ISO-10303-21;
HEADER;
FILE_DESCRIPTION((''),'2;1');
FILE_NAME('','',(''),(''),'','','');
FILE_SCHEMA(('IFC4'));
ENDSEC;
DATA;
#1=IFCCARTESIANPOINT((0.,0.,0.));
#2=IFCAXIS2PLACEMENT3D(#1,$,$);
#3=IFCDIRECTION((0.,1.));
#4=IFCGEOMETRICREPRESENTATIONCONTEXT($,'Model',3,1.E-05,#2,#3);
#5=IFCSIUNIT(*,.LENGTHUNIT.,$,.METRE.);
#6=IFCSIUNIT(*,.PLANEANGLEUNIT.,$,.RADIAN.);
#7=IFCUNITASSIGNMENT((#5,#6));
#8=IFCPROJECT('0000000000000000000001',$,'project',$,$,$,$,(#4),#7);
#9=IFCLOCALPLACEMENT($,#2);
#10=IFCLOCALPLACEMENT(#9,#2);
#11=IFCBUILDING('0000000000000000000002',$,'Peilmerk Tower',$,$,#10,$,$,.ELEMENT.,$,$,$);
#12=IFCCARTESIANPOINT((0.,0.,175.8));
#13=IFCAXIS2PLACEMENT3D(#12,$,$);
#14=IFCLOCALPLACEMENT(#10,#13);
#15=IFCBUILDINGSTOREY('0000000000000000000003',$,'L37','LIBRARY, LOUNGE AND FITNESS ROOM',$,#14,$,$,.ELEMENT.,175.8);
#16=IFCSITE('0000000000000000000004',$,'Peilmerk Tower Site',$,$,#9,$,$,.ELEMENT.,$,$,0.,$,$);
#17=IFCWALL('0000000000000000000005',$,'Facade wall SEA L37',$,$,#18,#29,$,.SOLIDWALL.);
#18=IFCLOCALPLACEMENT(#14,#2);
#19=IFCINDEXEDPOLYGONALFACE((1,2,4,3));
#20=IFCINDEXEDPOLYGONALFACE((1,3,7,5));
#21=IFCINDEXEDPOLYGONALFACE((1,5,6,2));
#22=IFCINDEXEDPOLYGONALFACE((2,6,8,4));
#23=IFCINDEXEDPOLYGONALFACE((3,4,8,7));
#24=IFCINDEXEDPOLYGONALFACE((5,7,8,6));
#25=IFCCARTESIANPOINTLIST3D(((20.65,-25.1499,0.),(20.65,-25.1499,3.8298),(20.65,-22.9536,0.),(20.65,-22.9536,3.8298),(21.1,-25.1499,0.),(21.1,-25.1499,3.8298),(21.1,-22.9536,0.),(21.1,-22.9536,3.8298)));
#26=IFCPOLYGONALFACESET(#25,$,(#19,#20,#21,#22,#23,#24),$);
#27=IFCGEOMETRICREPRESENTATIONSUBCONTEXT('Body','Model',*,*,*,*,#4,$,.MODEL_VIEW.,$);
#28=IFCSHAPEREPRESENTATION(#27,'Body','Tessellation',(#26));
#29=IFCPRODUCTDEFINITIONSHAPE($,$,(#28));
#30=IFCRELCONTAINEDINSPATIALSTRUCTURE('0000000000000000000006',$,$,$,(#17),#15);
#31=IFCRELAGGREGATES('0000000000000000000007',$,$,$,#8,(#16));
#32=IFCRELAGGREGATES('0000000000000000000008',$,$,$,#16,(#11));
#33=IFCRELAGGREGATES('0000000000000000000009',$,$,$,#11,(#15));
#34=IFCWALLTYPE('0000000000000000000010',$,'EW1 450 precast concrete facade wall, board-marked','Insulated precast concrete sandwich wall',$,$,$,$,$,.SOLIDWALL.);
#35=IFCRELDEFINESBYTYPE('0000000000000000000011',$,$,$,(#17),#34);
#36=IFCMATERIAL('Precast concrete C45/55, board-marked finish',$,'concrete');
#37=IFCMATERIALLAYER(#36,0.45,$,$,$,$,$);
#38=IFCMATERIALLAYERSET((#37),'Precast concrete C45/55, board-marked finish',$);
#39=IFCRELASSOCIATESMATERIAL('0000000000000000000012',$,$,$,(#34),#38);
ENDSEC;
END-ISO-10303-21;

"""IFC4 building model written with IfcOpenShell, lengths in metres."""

from ifc_helpers import new_model, si_unit, direction, frame, frame_2d, origin, place, context, subcontext, project, spatial, rectangle, extrude, material, layer, layer_set, type_object, element, save


model = new_model("IFC4")

# Units and contexts
model_context = context("Model", 3, precision=1e-05, world=origin(), true_north=direction((0.0, 1.0)))
body_context = subcontext(model_context, "Body", "Model", "MODEL_VIEW")
ifc_project = project(units=[si_unit("LENGTHUNIT", "METRE"), si_unit("PLANEANGLEUNIT", "RADIAN")], contexts=[model_context])

# Site, building, storey
site_placement = place(None, origin())
site = spatial("IfcSite", under=ifc_project, at=site_placement, Name="Peilmerk Tower Site", CompositionType="ELEMENT", RefElevation=0.0)
building_placement = place(site_placement, origin())
building = spatial("IfcBuilding", under=site, at=building_placement, Name="Peilmerk Tower", CompositionType="ELEMENT")
storey_placement = place(building_placement, frame((0.0, 0.0, 175.8)))
storey = spatial("IfcBuildingStorey", under=building, at=storey_placement, Name="L37", Description="LIBRARY, LOUNGE AND FITNESS ROOM", CompositionType="ELEMENT", Elevation=175.8)

# Shared definitions
ifc_material_1 = material(Name="Precast concrete C45/55, board-marked finish", Category="concrete")
ifc_layer_1 = layer(ifc_material_1, 0.45)
ifc_layer_set_1 = layer_set([ifc_layer_1], Name="Precast concrete C45/55, board-marked finish")
wall_type = type_object("IfcWallType", Name="EW1 450 precast concrete facade wall, board-marked", Description="Insulated precast concrete sandwich wall", PredefinedType="SOLIDWALL", material=ifc_layer_set_1)

# Wall
wall_1_placement = place(storey_placement, frame((20.875, -22.9536, 0.0), z_axis=(0.0, 0.0, 1.0), x_axis=(0.0, -1.0, 0.0)))
element("IfcWall", 1, at=wall_1_placement, inside=storey, type_object=wall_type, Name="Facade wall SEA L37", PredefinedType="SOLIDWALL", context=body_context, shape_type="SweptSolid", body=[
    extrude(rectangle(XDim=2.1963, YDim=0.45, at=frame_2d((1.0981, 0.0))), origin(), (0.0, 0.0, 1.0), 3.8298),
])

save(model, "model.ifc")
